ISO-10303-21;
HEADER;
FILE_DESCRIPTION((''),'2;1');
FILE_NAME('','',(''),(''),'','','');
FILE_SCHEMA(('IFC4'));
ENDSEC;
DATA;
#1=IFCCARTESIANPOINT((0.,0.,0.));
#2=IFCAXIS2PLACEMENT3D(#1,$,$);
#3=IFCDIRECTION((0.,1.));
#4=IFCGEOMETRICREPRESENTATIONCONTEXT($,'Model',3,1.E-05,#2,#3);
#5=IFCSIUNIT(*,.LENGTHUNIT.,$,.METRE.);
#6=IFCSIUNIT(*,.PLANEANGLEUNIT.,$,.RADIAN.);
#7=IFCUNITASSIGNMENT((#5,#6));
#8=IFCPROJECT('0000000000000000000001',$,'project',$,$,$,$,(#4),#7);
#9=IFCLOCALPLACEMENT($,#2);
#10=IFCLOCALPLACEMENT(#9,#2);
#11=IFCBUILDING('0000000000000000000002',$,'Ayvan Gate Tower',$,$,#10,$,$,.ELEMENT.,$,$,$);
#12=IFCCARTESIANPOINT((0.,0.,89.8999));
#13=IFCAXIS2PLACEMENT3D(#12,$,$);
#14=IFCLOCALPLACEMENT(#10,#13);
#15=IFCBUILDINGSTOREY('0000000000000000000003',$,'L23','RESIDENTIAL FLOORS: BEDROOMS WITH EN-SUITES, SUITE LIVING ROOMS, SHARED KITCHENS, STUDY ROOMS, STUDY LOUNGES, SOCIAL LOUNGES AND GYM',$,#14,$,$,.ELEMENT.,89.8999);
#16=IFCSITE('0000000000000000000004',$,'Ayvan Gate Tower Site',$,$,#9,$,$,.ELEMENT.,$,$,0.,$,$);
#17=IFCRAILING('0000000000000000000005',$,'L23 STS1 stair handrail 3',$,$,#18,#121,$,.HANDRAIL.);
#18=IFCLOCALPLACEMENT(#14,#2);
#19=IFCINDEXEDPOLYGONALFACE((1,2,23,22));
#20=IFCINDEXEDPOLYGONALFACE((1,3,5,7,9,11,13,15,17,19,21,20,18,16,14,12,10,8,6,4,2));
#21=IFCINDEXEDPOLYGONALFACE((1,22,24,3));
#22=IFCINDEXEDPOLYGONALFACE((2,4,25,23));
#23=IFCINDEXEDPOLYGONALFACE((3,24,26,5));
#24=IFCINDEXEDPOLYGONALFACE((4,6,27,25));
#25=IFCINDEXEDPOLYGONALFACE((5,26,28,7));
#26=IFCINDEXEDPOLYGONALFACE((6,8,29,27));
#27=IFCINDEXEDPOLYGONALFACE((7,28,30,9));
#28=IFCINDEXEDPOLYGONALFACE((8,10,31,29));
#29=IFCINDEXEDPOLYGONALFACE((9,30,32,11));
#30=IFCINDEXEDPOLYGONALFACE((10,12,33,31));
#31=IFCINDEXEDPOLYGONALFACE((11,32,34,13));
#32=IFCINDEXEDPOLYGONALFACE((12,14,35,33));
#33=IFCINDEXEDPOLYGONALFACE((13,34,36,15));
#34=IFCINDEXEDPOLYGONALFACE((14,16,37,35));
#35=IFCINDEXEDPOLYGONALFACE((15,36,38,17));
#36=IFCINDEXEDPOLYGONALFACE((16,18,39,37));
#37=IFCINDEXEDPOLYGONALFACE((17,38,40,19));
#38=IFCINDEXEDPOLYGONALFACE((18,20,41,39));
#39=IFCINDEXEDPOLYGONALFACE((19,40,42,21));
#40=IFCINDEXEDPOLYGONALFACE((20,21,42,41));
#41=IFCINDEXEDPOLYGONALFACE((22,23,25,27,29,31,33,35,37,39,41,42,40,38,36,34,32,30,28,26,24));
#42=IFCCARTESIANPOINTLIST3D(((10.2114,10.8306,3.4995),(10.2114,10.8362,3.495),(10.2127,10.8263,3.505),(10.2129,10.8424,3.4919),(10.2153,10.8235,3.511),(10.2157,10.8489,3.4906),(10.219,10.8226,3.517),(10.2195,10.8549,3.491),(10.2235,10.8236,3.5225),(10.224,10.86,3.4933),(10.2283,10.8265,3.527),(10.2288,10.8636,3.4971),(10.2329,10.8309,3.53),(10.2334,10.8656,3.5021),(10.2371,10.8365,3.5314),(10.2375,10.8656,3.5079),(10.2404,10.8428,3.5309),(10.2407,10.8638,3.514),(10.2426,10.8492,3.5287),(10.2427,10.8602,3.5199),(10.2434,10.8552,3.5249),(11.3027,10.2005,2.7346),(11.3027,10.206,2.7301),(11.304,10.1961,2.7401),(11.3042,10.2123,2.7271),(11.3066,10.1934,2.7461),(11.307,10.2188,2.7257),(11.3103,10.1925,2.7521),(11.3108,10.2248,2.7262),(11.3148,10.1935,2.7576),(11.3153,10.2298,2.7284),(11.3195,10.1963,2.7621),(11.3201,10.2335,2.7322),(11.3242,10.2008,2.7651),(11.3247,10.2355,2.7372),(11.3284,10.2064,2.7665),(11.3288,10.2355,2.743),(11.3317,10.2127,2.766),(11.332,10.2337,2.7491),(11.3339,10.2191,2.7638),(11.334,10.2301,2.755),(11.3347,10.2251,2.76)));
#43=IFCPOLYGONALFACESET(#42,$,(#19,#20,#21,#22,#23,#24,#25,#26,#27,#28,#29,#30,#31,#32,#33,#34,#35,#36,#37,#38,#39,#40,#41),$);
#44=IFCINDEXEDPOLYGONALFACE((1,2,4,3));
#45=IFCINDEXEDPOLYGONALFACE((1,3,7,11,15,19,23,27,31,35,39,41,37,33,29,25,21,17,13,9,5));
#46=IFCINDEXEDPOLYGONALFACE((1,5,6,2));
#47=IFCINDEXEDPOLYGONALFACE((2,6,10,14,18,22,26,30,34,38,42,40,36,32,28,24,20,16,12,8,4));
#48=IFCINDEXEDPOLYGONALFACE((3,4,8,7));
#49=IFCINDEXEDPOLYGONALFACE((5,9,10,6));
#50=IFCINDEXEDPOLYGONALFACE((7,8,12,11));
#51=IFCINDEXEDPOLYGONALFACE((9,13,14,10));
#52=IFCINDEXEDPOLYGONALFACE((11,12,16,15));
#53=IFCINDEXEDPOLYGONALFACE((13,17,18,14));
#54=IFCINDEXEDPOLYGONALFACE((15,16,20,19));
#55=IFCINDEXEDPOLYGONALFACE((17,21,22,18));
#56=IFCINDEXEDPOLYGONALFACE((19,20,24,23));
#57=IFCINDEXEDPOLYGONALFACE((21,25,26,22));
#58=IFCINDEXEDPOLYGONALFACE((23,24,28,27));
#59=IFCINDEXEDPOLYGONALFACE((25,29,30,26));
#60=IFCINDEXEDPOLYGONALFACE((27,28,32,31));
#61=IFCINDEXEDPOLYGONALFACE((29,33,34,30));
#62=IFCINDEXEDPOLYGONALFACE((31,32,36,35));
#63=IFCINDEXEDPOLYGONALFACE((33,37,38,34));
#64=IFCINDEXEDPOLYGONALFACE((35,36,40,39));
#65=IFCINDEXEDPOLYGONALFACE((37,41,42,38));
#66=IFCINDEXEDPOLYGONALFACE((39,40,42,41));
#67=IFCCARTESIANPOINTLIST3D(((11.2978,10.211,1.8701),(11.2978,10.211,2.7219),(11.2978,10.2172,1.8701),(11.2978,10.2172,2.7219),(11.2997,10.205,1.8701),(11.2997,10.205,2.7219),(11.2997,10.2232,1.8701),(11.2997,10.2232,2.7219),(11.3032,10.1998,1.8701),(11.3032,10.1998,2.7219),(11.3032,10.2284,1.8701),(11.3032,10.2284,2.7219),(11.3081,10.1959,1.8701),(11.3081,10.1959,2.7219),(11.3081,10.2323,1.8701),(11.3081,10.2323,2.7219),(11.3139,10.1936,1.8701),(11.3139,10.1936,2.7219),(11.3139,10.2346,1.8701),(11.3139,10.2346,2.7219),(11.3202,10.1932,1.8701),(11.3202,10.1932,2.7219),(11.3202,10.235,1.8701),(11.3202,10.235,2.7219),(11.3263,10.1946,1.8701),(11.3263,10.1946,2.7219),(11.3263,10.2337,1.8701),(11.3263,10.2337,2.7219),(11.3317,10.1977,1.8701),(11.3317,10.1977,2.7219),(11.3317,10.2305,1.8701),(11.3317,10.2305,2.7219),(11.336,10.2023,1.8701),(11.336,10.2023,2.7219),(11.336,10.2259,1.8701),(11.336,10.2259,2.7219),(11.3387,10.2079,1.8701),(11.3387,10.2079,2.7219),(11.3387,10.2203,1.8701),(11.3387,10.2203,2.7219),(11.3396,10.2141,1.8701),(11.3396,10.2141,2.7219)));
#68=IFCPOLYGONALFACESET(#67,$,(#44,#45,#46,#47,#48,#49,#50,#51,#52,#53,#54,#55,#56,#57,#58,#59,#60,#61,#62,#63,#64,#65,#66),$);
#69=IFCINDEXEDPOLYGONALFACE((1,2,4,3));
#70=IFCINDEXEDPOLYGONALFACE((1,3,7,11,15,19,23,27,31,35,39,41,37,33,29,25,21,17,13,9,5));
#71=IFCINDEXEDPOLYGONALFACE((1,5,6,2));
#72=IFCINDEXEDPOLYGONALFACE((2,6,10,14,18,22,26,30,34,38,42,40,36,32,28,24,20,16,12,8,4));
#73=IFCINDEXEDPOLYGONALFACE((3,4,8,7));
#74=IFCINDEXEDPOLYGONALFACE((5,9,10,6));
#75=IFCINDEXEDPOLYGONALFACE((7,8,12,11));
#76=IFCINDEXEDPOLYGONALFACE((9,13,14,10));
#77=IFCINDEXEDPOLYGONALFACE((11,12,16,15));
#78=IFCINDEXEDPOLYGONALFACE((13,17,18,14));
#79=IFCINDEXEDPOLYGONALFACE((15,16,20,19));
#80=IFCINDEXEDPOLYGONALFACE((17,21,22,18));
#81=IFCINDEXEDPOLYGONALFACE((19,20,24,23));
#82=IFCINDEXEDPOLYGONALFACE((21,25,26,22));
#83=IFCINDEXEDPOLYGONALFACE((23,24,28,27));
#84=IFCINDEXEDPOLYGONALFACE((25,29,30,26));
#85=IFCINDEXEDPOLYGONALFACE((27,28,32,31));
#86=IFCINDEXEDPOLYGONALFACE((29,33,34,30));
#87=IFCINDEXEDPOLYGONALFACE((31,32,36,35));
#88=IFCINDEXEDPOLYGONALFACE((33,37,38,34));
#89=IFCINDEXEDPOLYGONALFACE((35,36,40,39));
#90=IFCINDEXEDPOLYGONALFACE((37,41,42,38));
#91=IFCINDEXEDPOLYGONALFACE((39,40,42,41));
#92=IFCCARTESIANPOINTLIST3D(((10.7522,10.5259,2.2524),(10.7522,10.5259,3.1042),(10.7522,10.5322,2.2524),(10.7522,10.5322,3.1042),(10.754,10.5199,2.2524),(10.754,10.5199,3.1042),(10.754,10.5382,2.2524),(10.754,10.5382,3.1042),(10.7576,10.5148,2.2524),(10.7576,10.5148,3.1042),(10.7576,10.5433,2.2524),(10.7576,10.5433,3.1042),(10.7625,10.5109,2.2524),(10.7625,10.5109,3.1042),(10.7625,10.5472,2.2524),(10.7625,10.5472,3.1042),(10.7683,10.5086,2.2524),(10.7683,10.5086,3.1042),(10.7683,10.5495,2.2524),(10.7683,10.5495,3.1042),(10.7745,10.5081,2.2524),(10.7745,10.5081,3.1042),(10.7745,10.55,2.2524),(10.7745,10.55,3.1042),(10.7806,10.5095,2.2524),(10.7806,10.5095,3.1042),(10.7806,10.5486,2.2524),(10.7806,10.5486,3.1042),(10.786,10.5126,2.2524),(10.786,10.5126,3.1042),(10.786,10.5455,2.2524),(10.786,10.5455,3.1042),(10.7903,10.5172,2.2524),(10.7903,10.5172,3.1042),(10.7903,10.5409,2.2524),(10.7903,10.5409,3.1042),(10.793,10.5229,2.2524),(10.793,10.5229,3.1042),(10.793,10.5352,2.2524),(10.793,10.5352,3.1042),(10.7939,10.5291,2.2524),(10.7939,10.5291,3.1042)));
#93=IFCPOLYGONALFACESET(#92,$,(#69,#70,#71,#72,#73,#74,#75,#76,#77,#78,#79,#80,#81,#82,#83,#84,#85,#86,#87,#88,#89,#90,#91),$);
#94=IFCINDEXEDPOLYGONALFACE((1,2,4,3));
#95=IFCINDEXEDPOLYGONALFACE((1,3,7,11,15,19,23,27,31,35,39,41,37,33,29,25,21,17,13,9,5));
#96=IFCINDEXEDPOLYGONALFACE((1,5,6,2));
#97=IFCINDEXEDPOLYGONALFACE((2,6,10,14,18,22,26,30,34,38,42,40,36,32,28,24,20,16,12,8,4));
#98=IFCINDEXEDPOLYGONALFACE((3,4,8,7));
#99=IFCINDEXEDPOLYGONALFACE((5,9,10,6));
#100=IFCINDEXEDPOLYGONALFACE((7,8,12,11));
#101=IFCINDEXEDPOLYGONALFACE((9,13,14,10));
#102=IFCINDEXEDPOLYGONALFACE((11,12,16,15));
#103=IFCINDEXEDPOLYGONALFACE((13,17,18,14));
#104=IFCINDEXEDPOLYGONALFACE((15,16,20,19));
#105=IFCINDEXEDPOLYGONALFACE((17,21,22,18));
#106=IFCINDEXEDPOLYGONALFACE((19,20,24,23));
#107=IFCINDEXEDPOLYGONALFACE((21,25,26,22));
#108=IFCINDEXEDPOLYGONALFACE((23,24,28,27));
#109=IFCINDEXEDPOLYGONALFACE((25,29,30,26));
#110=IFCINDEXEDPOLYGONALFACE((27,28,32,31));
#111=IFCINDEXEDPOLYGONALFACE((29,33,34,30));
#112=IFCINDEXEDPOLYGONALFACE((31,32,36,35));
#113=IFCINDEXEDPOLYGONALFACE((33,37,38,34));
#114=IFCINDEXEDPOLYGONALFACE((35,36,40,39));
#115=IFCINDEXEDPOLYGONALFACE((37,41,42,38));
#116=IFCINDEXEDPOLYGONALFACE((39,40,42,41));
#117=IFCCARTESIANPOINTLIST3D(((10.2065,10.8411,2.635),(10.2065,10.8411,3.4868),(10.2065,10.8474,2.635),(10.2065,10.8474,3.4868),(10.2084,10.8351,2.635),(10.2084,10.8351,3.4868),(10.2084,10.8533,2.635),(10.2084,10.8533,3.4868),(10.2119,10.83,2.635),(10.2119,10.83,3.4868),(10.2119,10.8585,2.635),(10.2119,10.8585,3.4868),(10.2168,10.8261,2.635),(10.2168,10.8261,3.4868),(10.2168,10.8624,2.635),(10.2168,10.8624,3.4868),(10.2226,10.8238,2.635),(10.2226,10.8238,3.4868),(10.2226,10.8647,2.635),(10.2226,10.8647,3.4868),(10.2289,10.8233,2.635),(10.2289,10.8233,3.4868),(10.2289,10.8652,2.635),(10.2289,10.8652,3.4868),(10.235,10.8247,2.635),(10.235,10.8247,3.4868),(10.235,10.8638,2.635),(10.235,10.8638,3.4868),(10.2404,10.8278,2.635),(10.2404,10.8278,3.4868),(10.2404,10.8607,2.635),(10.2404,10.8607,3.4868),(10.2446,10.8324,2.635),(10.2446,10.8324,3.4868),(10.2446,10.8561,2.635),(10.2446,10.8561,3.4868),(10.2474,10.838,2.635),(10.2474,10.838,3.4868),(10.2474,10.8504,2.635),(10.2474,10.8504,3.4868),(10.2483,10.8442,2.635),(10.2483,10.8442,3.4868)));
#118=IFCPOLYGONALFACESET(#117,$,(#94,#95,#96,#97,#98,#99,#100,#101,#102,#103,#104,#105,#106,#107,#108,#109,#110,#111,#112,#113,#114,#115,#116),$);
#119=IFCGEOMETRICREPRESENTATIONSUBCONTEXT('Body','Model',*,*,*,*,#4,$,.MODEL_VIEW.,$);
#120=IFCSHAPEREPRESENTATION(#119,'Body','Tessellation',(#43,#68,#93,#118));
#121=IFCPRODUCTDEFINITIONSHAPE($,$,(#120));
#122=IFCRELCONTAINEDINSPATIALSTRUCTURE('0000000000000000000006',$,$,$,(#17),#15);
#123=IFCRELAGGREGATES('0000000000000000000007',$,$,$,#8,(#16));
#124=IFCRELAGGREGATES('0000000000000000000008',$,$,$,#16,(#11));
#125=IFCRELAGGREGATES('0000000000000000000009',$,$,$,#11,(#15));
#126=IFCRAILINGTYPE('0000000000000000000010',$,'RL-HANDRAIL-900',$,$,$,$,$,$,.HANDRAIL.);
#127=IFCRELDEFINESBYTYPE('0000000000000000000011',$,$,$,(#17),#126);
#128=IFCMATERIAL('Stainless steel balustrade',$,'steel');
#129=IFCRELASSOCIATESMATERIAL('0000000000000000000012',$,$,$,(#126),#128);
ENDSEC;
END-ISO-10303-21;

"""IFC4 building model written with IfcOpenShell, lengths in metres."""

from ifc_helpers import new_model, si_unit, direction, frame, origin, origin_2d, place, context, subcontext, project, spatial, circle, extrude, material, type_object, element, save


model = new_model("IFC4")

# Units and contexts
model_context = context("Model", 3, precision=1e-05, world=origin(), true_north=direction((0.0, 1.0)))
body_context = subcontext(model_context, "Body", "Model", "MODEL_VIEW")
ifc_project = project(units=[si_unit("LENGTHUNIT", "METRE"), si_unit("PLANEANGLEUNIT", "RADIAN")], contexts=[model_context])

# Site, building, storey
site_placement = place(None, origin())
site = spatial("IfcSite", under=ifc_project, at=site_placement, Name="Ayvan Gate Tower Site", CompositionType="ELEMENT", RefElevation=0.0)
building_placement = place(site_placement, origin())
building = spatial("IfcBuilding", under=site, at=building_placement, Name="Ayvan Gate Tower", CompositionType="ELEMENT")
storey_placement = place(building_placement, frame((0.0, 0.0, 89.8999)))
storey = spatial("IfcBuildingStorey", under=building, at=storey_placement, Name="L23", Description="RESIDENTIAL FLOORS: BEDROOMS WITH EN-SUITES, SUITE LIVING ROOMS, SHARED KITCHENS, STUDY ROOMS, STUDY LOUNGES, SOCIAL LOUNGES AND GYM", CompositionType="ELEMENT", Elevation=89.8999)

# Railing
ifc_material_1 = material(Name="Stainless steel balustrade", Category="steel")
railing_type_1 = type_object("IfcRailingType", Name="RL-HANDRAIL-900", PredefinedType="HANDRAIL", material=ifc_material_1)
railing_1_placement = place(storey_placement, frame((11.3186, 10.2141, 1.8701)))
element("IfcRailing", 1, at=railing_1_placement, inside=storey, type_object=railing_type_1, Name="L23 STS1 stair handrail 3", PredefinedType="HANDRAIL", context=body_context, shape_type="SweptSolid", body=[
    extrude(circle(Radius=0.0239, at=origin_2d()), frame((0.0, 0.0, 0.876), z_axis=(-0.740304, 0.427455, 0.518875), x_axis=(-0.500035, -0.866005, 0.0)), (0.0, 0.0, 1.0), 1.4741),
    extrude(circle(Radius=0.021, at=origin_2d()), origin(), (0.0, 0.0, 1.0), 0.8518),
    extrude(circle(Radius=0.021, at=origin_2d()), frame((-0.5457, 0.3149, 0.3823)), (0.0, 0.0, 1.0), 0.8518),
    extrude(circle(Radius=0.021, at=origin_2d()), frame((-1.0913, 0.6301, 0.7649)), (0.0, 0.0, 1.0), 0.8518),
])

save(model, "model.ifc")
